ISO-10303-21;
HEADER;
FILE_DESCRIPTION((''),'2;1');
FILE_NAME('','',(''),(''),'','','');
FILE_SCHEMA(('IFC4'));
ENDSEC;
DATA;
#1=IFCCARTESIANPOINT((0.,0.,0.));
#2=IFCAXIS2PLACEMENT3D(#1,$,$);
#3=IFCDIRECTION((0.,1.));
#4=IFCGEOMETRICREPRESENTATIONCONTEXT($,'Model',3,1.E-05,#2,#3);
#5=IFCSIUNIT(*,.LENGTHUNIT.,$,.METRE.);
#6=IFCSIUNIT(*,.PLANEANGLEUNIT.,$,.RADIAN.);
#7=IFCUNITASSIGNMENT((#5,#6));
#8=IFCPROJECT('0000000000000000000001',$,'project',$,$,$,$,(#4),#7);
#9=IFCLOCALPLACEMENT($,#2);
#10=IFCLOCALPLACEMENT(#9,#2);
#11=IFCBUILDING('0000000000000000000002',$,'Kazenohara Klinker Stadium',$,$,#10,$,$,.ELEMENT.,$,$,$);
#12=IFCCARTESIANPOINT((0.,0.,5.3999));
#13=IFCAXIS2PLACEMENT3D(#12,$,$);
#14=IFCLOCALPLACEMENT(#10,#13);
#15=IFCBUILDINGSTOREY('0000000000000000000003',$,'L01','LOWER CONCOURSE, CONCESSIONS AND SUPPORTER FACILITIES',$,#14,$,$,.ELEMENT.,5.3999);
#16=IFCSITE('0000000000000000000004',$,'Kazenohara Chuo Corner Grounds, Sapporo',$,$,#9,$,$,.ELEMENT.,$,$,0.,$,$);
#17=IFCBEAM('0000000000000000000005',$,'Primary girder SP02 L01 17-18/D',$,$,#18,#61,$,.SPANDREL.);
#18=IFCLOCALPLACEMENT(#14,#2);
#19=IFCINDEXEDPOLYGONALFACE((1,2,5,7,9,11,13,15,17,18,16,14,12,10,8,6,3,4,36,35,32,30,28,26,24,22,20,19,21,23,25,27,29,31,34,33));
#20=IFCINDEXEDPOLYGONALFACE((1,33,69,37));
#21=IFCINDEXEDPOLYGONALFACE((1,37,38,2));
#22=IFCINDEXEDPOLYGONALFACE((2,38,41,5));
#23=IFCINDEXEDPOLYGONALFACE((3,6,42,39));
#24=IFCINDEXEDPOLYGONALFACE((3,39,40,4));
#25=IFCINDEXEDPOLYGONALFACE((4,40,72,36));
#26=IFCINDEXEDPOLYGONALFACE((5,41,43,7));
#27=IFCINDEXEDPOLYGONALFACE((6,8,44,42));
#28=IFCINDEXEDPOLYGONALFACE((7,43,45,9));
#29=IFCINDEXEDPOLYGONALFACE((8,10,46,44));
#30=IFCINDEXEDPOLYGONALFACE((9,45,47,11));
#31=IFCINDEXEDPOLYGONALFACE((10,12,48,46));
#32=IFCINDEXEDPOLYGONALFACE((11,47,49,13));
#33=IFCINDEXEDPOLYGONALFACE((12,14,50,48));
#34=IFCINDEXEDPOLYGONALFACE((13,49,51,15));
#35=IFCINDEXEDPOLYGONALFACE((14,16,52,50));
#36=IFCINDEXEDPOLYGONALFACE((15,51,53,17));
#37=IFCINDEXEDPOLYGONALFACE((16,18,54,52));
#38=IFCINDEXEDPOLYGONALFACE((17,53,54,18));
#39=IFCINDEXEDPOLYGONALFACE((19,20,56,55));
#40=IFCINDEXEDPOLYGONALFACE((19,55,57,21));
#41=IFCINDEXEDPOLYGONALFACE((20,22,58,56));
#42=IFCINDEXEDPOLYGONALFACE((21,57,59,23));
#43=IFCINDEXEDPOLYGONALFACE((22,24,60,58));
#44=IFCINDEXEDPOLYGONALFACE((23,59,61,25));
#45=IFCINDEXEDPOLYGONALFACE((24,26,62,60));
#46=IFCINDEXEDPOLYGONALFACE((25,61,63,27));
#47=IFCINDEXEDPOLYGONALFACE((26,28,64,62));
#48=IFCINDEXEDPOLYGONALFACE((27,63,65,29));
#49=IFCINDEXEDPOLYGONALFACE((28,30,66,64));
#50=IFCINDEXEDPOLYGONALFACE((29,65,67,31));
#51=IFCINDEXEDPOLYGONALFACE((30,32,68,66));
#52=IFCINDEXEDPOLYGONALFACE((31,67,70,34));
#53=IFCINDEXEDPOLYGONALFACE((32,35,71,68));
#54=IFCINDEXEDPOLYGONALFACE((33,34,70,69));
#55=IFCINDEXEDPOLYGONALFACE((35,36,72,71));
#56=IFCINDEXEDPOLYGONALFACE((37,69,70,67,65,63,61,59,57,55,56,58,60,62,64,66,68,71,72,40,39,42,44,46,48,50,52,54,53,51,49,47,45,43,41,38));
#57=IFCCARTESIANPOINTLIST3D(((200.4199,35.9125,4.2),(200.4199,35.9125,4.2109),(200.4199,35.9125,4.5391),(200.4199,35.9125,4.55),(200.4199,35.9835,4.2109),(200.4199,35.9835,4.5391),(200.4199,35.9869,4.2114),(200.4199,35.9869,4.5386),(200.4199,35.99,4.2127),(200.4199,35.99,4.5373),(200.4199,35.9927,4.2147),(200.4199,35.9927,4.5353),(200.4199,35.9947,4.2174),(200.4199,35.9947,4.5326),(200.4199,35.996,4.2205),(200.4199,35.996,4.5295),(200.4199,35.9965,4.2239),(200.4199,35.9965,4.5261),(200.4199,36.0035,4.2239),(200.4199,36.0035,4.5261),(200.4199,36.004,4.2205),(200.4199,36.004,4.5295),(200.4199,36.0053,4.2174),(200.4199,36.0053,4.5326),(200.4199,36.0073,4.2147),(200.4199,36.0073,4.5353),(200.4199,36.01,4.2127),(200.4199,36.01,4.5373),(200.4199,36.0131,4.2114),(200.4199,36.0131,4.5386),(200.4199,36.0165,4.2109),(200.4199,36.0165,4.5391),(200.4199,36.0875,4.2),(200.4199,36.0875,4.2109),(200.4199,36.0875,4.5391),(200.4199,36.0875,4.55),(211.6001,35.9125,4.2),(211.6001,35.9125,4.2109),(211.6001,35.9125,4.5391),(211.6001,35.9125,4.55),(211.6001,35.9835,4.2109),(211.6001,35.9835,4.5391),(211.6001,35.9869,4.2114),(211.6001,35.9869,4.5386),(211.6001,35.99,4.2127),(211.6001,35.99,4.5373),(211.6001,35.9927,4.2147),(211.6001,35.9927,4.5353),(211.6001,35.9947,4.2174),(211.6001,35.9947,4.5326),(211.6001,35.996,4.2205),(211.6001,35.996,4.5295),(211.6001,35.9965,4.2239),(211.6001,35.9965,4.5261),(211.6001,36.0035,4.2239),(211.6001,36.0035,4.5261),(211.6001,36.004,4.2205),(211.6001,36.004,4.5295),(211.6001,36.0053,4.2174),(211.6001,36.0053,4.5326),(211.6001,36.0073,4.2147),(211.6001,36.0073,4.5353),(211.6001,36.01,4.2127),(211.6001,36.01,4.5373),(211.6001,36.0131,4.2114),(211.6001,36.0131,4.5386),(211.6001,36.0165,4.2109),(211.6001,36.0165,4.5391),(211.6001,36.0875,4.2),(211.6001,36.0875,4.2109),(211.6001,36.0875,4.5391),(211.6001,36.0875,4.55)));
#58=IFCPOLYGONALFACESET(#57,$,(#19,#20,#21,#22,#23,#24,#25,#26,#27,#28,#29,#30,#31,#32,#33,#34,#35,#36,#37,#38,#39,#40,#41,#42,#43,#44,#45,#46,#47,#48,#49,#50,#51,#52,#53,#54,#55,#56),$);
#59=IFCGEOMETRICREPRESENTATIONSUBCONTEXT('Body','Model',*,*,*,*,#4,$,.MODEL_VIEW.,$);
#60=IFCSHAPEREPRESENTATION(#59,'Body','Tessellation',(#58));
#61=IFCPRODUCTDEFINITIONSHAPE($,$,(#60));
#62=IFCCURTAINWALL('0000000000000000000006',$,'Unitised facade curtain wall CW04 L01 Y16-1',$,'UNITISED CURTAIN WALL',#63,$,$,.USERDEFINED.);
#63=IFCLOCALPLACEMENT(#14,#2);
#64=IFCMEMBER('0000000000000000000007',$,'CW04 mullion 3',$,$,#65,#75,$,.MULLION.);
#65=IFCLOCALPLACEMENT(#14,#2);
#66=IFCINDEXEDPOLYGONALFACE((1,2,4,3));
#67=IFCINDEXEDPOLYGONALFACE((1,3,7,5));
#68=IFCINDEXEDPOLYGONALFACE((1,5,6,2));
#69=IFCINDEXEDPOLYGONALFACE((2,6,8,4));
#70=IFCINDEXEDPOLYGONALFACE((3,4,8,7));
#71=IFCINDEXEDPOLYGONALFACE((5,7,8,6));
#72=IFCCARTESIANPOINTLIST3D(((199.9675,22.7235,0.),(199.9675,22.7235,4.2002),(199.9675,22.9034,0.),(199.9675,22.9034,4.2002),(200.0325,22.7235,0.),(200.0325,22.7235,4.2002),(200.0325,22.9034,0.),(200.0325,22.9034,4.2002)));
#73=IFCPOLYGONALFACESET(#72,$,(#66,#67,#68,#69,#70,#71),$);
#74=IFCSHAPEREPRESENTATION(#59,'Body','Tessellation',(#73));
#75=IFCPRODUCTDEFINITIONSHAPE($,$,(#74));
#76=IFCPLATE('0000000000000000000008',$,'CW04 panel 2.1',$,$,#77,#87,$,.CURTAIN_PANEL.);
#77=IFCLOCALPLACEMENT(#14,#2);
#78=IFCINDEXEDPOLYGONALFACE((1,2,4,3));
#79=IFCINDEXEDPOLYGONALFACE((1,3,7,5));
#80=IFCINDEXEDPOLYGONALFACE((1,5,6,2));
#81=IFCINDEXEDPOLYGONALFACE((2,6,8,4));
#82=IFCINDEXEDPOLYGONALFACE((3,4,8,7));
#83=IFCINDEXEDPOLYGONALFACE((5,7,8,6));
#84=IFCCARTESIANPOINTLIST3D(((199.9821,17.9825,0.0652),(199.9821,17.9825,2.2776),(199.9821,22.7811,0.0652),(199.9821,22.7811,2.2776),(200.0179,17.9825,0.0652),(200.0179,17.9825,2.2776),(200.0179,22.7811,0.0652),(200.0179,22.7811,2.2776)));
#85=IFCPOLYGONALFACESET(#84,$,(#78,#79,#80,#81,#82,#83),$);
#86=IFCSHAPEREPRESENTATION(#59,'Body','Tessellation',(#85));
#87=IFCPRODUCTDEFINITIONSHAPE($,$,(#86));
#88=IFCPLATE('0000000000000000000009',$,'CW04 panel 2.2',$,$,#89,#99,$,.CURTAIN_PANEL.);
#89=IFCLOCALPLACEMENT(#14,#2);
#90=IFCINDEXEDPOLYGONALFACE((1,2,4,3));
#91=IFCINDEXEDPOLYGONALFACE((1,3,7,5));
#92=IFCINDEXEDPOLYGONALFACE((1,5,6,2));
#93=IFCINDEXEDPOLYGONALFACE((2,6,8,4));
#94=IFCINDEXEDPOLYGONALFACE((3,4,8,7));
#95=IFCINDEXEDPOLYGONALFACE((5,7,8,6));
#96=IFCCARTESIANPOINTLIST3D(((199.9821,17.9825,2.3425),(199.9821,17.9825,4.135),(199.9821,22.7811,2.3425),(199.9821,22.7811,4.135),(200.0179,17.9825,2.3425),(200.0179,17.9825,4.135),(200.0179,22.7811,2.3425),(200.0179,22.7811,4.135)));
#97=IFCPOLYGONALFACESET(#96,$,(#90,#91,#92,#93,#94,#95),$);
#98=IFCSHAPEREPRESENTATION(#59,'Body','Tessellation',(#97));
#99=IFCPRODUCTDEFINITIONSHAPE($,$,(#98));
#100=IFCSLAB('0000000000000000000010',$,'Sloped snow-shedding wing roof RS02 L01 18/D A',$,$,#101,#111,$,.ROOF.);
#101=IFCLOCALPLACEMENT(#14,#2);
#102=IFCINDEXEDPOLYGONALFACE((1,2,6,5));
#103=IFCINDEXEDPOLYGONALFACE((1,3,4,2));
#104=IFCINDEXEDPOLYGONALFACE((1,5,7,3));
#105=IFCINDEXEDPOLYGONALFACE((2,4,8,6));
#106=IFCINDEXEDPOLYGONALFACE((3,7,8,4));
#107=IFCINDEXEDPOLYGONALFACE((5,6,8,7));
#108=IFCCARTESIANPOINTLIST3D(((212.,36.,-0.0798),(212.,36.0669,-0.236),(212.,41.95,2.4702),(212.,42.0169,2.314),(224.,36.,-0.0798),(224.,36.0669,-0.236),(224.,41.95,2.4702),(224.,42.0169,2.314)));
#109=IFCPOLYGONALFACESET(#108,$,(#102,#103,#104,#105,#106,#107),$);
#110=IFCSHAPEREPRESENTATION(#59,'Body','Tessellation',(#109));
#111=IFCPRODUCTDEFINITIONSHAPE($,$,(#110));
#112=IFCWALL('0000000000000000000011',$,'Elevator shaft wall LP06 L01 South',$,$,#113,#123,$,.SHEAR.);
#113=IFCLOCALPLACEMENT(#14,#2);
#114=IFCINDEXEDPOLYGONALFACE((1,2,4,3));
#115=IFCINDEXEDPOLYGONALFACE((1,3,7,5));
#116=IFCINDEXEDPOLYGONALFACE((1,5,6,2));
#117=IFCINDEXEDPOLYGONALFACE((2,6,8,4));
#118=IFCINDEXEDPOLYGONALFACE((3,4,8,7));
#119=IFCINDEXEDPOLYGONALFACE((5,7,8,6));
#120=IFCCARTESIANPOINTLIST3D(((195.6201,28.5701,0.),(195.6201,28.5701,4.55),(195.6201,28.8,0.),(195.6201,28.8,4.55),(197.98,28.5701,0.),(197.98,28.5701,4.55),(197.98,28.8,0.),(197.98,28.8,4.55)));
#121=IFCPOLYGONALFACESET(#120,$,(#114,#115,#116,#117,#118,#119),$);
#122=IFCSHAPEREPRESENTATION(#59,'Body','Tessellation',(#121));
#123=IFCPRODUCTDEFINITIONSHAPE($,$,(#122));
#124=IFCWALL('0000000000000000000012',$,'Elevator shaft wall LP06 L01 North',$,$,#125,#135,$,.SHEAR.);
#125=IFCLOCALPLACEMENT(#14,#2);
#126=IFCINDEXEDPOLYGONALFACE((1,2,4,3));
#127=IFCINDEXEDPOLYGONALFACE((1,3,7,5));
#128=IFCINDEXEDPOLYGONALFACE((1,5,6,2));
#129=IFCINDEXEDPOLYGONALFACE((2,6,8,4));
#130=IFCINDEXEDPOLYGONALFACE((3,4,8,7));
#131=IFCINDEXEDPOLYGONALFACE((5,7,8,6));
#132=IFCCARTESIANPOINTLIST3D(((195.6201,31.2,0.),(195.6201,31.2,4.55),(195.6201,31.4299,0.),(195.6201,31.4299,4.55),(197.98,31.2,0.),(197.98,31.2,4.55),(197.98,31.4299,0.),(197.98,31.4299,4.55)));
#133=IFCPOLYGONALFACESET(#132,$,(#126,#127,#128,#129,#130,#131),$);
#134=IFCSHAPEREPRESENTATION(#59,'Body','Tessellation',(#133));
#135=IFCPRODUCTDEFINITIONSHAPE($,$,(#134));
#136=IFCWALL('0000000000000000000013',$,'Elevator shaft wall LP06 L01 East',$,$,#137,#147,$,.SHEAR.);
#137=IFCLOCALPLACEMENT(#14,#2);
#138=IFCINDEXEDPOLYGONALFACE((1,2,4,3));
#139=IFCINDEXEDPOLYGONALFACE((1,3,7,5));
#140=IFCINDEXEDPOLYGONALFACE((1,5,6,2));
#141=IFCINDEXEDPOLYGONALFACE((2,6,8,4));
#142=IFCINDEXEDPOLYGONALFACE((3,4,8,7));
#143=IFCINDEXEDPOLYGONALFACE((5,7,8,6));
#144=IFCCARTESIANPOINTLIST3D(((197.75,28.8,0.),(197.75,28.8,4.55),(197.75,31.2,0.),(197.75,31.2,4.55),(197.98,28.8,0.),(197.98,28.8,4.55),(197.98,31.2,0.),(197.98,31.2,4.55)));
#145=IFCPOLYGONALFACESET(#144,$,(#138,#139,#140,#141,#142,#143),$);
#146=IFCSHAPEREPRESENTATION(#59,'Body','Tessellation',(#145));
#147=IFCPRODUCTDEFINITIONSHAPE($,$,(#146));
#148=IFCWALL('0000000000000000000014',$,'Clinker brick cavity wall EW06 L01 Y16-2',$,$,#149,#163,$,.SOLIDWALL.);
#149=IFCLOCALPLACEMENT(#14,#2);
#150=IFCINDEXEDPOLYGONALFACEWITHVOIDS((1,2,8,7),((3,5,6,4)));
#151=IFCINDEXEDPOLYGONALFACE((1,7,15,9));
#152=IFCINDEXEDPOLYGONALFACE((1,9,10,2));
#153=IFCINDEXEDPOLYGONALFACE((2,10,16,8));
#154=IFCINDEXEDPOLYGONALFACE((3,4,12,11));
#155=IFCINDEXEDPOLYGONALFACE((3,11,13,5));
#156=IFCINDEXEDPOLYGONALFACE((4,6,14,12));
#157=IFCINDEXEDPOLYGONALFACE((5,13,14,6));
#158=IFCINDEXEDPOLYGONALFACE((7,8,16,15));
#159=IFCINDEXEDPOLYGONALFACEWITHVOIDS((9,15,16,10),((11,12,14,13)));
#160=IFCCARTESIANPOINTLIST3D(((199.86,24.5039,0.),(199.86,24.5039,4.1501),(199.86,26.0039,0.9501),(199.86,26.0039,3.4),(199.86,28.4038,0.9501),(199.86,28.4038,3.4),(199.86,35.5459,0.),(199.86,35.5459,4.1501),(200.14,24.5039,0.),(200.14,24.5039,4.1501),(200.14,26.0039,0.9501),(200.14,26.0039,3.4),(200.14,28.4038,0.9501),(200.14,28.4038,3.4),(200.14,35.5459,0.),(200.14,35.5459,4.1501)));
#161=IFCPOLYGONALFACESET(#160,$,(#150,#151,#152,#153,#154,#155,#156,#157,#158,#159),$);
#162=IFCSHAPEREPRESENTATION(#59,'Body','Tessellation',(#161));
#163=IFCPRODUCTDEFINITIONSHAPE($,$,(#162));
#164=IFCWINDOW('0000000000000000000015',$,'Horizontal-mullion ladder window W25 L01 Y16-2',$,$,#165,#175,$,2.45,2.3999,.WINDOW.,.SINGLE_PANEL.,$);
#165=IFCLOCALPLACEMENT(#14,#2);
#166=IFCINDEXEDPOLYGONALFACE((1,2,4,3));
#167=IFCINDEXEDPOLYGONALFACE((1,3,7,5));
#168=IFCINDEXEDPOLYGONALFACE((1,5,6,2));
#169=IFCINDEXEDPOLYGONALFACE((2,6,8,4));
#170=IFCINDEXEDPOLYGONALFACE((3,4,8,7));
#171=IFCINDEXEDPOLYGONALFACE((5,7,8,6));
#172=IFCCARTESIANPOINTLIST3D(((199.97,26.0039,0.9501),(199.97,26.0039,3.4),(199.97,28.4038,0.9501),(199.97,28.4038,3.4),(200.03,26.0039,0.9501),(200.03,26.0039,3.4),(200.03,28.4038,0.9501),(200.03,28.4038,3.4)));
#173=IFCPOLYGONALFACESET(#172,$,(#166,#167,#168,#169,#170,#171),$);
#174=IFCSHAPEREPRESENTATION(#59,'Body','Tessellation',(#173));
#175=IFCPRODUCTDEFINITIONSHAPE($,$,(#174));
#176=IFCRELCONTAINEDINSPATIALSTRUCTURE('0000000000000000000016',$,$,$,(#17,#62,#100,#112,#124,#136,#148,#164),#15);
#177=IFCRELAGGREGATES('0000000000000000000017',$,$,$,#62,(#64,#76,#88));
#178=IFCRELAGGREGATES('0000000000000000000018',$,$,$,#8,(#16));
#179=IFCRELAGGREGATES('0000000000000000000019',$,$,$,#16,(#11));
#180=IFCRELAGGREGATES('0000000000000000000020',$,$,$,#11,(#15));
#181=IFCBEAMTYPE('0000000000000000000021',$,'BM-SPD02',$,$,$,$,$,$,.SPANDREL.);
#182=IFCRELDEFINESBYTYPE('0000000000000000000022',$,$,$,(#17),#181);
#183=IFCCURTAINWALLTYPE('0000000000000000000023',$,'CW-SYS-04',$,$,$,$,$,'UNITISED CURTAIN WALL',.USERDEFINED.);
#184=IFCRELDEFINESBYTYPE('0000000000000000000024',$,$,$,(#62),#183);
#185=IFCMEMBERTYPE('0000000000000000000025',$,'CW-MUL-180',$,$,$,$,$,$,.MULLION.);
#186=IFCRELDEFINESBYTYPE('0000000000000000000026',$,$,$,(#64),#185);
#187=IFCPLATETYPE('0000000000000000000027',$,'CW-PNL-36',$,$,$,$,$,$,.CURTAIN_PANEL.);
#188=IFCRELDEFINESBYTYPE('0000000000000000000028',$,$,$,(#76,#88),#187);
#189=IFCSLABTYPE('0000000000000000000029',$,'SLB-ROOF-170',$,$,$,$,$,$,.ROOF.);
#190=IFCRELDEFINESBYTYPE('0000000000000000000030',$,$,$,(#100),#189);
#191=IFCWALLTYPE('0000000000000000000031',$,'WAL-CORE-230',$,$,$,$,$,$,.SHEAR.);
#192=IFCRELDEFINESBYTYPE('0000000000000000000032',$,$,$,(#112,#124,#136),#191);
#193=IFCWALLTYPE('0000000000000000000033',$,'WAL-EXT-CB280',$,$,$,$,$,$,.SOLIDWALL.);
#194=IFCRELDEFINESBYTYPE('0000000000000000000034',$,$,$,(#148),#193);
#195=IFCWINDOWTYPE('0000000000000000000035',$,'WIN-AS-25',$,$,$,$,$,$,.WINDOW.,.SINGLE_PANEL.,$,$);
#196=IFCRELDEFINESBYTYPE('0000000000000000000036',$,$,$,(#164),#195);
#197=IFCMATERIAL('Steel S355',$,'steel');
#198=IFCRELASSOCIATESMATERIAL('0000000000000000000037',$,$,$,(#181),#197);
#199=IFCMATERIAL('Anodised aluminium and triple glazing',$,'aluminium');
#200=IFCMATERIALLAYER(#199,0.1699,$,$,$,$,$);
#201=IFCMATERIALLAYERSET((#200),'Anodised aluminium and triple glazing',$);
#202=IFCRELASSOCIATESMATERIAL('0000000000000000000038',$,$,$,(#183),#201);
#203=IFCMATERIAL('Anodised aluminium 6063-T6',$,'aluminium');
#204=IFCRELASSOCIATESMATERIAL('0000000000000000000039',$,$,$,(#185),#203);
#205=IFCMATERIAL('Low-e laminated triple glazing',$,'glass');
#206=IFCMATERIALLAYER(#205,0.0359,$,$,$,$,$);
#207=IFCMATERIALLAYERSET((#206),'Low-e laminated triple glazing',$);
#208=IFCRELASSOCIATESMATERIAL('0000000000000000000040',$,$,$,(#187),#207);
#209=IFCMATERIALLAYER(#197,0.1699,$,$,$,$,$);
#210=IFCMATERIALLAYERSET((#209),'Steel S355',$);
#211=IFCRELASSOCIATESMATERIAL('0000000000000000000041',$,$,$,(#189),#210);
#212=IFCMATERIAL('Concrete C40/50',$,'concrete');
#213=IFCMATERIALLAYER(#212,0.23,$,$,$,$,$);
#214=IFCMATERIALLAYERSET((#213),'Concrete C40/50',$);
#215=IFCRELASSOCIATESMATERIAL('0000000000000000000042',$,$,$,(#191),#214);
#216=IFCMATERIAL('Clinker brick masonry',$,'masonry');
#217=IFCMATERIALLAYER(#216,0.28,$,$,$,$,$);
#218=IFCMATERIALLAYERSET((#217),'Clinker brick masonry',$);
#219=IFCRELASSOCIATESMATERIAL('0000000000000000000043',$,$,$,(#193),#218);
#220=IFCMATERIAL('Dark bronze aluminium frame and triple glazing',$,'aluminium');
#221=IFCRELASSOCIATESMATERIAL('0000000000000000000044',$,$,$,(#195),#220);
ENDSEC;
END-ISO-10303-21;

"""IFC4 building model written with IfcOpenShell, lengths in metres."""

from ifc_helpers import new_model, si_unit, direction, frame, frame_2d, origin, origin_2d, place, context, subcontext, project, spatial, polyline, rectangle, i_section, outline, extrude, material, layer, layer_set, material_profile, profile_set, type_object, element, fill, aggregate, save


model = new_model("IFC4")

# Units and contexts
model_context = context("Model", 3, precision=1e-05, world=origin(), true_north=direction((0.0, 1.0)))
body_context = subcontext(model_context, "Body", "Model", "MODEL_VIEW")
ifc_project = project(units=[si_unit("LENGTHUNIT", "METRE"), si_unit("PLANEANGLEUNIT", "RADIAN")], contexts=[model_context])

# Site, building, storey
site_placement = place(None, origin())
site = spatial("IfcSite", under=ifc_project, at=site_placement, Name="Kazenohara Chuo Corner Grounds, Sapporo", CompositionType="ELEMENT", RefElevation=0.0)
building_placement = place(site_placement, origin())
building = spatial("IfcBuilding", under=site, at=building_placement, Name="Kazenohara Klinker Stadium", CompositionType="ELEMENT")
storey_placement = place(building_placement, frame((0.0, 0.0, 5.3999)))
storey = spatial("IfcBuildingStorey", under=building, at=storey_placement, Name="L01", Description="LOWER CONCOURSE, CONCESSIONS AND SUPPORTER FACILITIES", CompositionType="ELEMENT", Elevation=5.3999)

# Shared definitions
ifc_material_1 = material(Name="Concrete C40/50", Category="concrete")

# Beam
ifc_material_2 = material(Name="Steel S355", Category="steel")
ifc_material_profile_1 = material_profile(ifc_material_2, i_section(OverallWidth=0.175, OverallDepth=0.3501, WebThickness=0.0071, FlangeThickness=0.011, FilletRadius=0.0129, at=origin_2d()), Name="H-350x175x7x11")
ifc_profile_set_1 = profile_set([ifc_material_profile_1], Name="Steel S355")
beam_type_1 = type_object("IfcBeamType", Name="BM-SPD02", PredefinedType="SPANDREL", material=ifc_profile_set_1)
beam_1_placement = place(storey_placement, frame((200.4199, 36.0, 4.375), z_axis=(1.0, 0.0, 0.0), x_axis=(0.0, 1.0, 0.0)))
element("IfcBeam", 1, at=beam_1_placement, inside=storey, type_object=beam_type_1, Name="Primary girder SP02 L01 17-18/D", PredefinedType="SPANDREL", context=body_context, shape_type="SweptSolid", body=[
    extrude(i_section(OverallWidth=0.175, OverallDepth=0.3501, WebThickness=0.0071, FlangeThickness=0.011, FilletRadius=0.0129, at=origin_2d()), origin(), (0.0, 0.0, 1.0), 11.1802),
])

# Curtain wall, member, plates
ifc_material_3 = material(Name="Anodised aluminium and triple glazing", Category="aluminium")
ifc_layer_1 = layer(ifc_material_3, 0.1699)
ifc_layer_set_1 = layer_set([ifc_layer_1], Name="Anodised aluminium and triple glazing")
curtain_wall_type = type_object("IfcCurtainWallType", Name="CW-SYS-04", ElementType="UNITISED CURTAIN WALL", PredefinedType="USERDEFINED", material=ifc_layer_set_1)
curtain_wall_placement = place(storey_placement, origin())
curtain_wall = element("IfcCurtainWall", 2, at=curtain_wall_placement, inside=storey, type_object=curtain_wall_type, Name="Unitised facade curtain wall CW04 L01 Y16-1", ObjectType="UNITISED CURTAIN WALL", PredefinedType="USERDEFINED")
ifc_material_4 = material(Name="Anodised aluminium 6063-T6", Category="aluminium")
ifc_material_profile_2 = material_profile(ifc_material_4, rectangle(XDim=0.0649, YDim=0.1799, at=origin_2d()), Name="ALU-MUL-65x180")
ifc_profile_set_2 = profile_set([ifc_material_profile_2], Name="Anodised aluminium 6063-T6")
member_type = type_object("IfcMemberType", Name="CW-MUL-180", PredefinedType="MULLION", material=ifc_profile_set_2)
member_placement = place(storey_placement, frame((200.0, 22.8135, 0.0), z_axis=(0.0, 0.0, 1.0), x_axis=(-1.0, 0.0, 0.0)))
member = element("IfcMember", 3, at=member_placement, type_object=member_type, Name="CW04 mullion 3", PredefinedType="MULLION", context=body_context, shape_type="SweptSolid", body=[
    extrude(rectangle(XDim=0.0649, YDim=0.1799, at=origin_2d()), origin(), (0.0, 0.0, 1.0), 4.2002),
])
ifc_material_5 = material(Name="Low-e laminated triple glazing", Category="glass")
ifc_layer_2 = layer(ifc_material_5, 0.0359)
ifc_layer_set_2 = layer_set([ifc_layer_2], Name="Low-e laminated triple glazing")
plate_type = type_object("IfcPlateType", Name="CW-PNL-36", PredefinedType="CURTAIN_PANEL", material=ifc_layer_set_2)
plate_1_placement = place(storey_placement, frame((200.0, 20.3818, 0.0652), z_axis=(0.0, 0.0, 1.0), x_axis=(0.0, 1.0, 0.0)))
plate_1 = element("IfcPlate", 4, at=plate_1_placement, type_object=plate_type, Name="CW04 panel 2.1", PredefinedType="CURTAIN_PANEL", context=body_context, shape_type="SweptSolid", body=[
    extrude(rectangle(XDim=4.7986, YDim=0.0359, at=origin_2d()), origin(), (0.0, 0.0, 1.0), 2.2124),
])
plate_2_placement = place(storey_placement, frame((200.0, 20.3818, 2.3425), z_axis=(0.0, 0.0, 1.0), x_axis=(0.0, 1.0, 0.0)))
plate_2 = element("IfcPlate", 5, at=plate_2_placement, type_object=plate_type, Name="CW04 panel 2.2", PredefinedType="CURTAIN_PANEL", context=body_context, shape_type="SweptSolid", body=[
    extrude(rectangle(XDim=4.7986, YDim=0.0359, at=origin_2d()), origin(), (0.0, 0.0, 1.0), 1.7925),
])
aggregate(curtain_wall, [member, plate_1, plate_2])

# Slab
ifc_layer_3 = layer(ifc_material_2, 0.1699)
ifc_layer_set_3 = layer_set([ifc_layer_3], Name="Steel S355")
slab_type = type_object("IfcSlabType", Name="SLB-ROOF-170", PredefinedType="ROOF", material=ifc_layer_set_3)
slab_placement = place(storey_placement, frame((212.0, 36.0, -0.0798), z_axis=(0.0, -0.393928, 0.919141), x_axis=(1.0, 0.0, 0.0)))
element("IfcSlab", 6, at=slab_placement, inside=storey, type_object=slab_type, Name="Sloped snow-shedding wing roof RS02 L01 18/D A", PredefinedType="ROOF", context=body_context, shape_type="SweptSolid", body=[
    extrude(outline(polyline([(0.0, 0.0), (12.0, 0.0), (12.0, 6.4734), (0.0, 6.4734), (0.0, 0.0)])), origin(), (0.0, 0.0, -1.0), 0.1699),
])

# Walls
ifc_layer_4 = layer(ifc_material_1, 0.23)
ifc_layer_set_4 = layer_set([ifc_layer_4], Name="Concrete C40/50")
wall_type_1 = type_object("IfcWallType", Name="WAL-CORE-230", PredefinedType="SHEAR", material=ifc_layer_set_4)
for number, where, z_axis, x_axis, name in (
    (7, (195.6201, 28.6851, 0.0), (0.0, 0.0, 1.0), (1.0, 0.0, 0.0), "Elevator shaft wall LP06 L01 South"),
    (8, (195.6201, 31.3149, 0.0), (0.0, 0.0, 1.0), (1.0, 0.0, 0.0), "Elevator shaft wall LP06 L01 North"),
):
    element("IfcWall", number, at=place(storey_placement, frame(where, z_axis=z_axis, x_axis=x_axis)), inside=storey, type_object=wall_type_1, Name=name, PredefinedType="SHEAR", context=body_context, shape_type="SweptSolid", body=[
        extrude(rectangle(XDim=2.3599, YDim=0.23, at=frame_2d((1.1799, 0.0))), origin(), (0.0, 0.0, 1.0), 4.55),
    ])

# Wall
wall_1_placement = place(storey_placement, frame((197.865, 28.8, 0.0), z_axis=(0.0, 0.0, 1.0), x_axis=(0.0, 1.0, 0.0)))
element("IfcWall", 9, at=wall_1_placement, inside=storey, type_object=wall_type_1, Name="Elevator shaft wall LP06 L01 East", PredefinedType="SHEAR", context=body_context, shape_type="SweptSolid", body=[
    extrude(rectangle(XDim=2.3999, YDim=0.23, at=frame_2d((1.2, 0.0))), origin(), (0.0, 0.0, 1.0), 4.55),
])

# Wall, opening, window
ifc_material_6 = material(Name="Clinker brick masonry", Category="masonry")
ifc_layer_5 = layer(ifc_material_6, 0.28)
ifc_layer_set_5 = layer_set([ifc_layer_5], Name="Clinker brick masonry")
wall_type_2 = type_object("IfcWallType", Name="WAL-EXT-CB280", PredefinedType="SOLIDWALL", material=ifc_layer_set_5)
wall_2_placement = place(storey_placement, frame((200.0, 24.5039, 0.0), z_axis=(0.0, 0.0, 1.0), x_axis=(0.0, 1.0, 0.0)))
wall_2 = element("IfcWall", 10, at=wall_2_placement, inside=storey, type_object=wall_type_2, Name="Clinker brick cavity wall EW06 L01 Y16-2", PredefinedType="SOLIDWALL", context=body_context, shape_type="SweptSolid", body=[
    extrude(rectangle(XDim=11.042, YDim=0.28, at=frame_2d((5.521, 0.0))), origin(), (0.0, 0.0, 1.0), 4.1501),
])
opening_1_placement = place(wall_2_placement, frame((1.5, 0.0, 0.95)))
opening_1 = element("IfcOpeningElement", 11, at=opening_1_placement, cuts=wall_2, PredefinedType="OPENING", context=body_context, shape_type="SweptSolid", body=[
    extrude(rectangle(XDim=2.3999, YDim=2.45, at=frame_2d((1.2, 1.2251))), frame((0.0, 0.1499, 0.0), z_axis=(0.0, -1.0, 0.0), x_axis=(1.0, 0.0, 0.0)), (0.0, 0.0, 1.0), 0.3),
])
ifc_material_7 = material(Name="Dark bronze aluminium frame and triple glazing", Category="aluminium")
window_type_1 = type_object("IfcWindowType", Name="WIN-AS-25", PartitioningType="SINGLE_PANEL", PredefinedType="WINDOW", material=ifc_material_7)
window_1_placement = place(opening_1_placement, origin())
window_1 = element("IfcWindow", 12, at=window_1_placement, inside=storey, type_object=window_type_1, Name="Horizontal-mullion ladder window W25 L01 Y16-2", OverallHeight=2.45, OverallWidth=2.3999, PartitioningType="SINGLE_PANEL", PredefinedType="WINDOW", context=body_context, shape_type="SweptSolid", body=[
    extrude(rectangle(XDim=2.3999, YDim=2.45, at=frame_2d((1.2, 1.2251))), frame((0.0, 0.03, 0.0), z_axis=(0.0, -1.0, 0.0), x_axis=(1.0, 0.0, 0.0)), (0.0, 0.0, 1.0), 0.0601),
])
fill(opening_1, window_1)

save(model, "model.ifc")
